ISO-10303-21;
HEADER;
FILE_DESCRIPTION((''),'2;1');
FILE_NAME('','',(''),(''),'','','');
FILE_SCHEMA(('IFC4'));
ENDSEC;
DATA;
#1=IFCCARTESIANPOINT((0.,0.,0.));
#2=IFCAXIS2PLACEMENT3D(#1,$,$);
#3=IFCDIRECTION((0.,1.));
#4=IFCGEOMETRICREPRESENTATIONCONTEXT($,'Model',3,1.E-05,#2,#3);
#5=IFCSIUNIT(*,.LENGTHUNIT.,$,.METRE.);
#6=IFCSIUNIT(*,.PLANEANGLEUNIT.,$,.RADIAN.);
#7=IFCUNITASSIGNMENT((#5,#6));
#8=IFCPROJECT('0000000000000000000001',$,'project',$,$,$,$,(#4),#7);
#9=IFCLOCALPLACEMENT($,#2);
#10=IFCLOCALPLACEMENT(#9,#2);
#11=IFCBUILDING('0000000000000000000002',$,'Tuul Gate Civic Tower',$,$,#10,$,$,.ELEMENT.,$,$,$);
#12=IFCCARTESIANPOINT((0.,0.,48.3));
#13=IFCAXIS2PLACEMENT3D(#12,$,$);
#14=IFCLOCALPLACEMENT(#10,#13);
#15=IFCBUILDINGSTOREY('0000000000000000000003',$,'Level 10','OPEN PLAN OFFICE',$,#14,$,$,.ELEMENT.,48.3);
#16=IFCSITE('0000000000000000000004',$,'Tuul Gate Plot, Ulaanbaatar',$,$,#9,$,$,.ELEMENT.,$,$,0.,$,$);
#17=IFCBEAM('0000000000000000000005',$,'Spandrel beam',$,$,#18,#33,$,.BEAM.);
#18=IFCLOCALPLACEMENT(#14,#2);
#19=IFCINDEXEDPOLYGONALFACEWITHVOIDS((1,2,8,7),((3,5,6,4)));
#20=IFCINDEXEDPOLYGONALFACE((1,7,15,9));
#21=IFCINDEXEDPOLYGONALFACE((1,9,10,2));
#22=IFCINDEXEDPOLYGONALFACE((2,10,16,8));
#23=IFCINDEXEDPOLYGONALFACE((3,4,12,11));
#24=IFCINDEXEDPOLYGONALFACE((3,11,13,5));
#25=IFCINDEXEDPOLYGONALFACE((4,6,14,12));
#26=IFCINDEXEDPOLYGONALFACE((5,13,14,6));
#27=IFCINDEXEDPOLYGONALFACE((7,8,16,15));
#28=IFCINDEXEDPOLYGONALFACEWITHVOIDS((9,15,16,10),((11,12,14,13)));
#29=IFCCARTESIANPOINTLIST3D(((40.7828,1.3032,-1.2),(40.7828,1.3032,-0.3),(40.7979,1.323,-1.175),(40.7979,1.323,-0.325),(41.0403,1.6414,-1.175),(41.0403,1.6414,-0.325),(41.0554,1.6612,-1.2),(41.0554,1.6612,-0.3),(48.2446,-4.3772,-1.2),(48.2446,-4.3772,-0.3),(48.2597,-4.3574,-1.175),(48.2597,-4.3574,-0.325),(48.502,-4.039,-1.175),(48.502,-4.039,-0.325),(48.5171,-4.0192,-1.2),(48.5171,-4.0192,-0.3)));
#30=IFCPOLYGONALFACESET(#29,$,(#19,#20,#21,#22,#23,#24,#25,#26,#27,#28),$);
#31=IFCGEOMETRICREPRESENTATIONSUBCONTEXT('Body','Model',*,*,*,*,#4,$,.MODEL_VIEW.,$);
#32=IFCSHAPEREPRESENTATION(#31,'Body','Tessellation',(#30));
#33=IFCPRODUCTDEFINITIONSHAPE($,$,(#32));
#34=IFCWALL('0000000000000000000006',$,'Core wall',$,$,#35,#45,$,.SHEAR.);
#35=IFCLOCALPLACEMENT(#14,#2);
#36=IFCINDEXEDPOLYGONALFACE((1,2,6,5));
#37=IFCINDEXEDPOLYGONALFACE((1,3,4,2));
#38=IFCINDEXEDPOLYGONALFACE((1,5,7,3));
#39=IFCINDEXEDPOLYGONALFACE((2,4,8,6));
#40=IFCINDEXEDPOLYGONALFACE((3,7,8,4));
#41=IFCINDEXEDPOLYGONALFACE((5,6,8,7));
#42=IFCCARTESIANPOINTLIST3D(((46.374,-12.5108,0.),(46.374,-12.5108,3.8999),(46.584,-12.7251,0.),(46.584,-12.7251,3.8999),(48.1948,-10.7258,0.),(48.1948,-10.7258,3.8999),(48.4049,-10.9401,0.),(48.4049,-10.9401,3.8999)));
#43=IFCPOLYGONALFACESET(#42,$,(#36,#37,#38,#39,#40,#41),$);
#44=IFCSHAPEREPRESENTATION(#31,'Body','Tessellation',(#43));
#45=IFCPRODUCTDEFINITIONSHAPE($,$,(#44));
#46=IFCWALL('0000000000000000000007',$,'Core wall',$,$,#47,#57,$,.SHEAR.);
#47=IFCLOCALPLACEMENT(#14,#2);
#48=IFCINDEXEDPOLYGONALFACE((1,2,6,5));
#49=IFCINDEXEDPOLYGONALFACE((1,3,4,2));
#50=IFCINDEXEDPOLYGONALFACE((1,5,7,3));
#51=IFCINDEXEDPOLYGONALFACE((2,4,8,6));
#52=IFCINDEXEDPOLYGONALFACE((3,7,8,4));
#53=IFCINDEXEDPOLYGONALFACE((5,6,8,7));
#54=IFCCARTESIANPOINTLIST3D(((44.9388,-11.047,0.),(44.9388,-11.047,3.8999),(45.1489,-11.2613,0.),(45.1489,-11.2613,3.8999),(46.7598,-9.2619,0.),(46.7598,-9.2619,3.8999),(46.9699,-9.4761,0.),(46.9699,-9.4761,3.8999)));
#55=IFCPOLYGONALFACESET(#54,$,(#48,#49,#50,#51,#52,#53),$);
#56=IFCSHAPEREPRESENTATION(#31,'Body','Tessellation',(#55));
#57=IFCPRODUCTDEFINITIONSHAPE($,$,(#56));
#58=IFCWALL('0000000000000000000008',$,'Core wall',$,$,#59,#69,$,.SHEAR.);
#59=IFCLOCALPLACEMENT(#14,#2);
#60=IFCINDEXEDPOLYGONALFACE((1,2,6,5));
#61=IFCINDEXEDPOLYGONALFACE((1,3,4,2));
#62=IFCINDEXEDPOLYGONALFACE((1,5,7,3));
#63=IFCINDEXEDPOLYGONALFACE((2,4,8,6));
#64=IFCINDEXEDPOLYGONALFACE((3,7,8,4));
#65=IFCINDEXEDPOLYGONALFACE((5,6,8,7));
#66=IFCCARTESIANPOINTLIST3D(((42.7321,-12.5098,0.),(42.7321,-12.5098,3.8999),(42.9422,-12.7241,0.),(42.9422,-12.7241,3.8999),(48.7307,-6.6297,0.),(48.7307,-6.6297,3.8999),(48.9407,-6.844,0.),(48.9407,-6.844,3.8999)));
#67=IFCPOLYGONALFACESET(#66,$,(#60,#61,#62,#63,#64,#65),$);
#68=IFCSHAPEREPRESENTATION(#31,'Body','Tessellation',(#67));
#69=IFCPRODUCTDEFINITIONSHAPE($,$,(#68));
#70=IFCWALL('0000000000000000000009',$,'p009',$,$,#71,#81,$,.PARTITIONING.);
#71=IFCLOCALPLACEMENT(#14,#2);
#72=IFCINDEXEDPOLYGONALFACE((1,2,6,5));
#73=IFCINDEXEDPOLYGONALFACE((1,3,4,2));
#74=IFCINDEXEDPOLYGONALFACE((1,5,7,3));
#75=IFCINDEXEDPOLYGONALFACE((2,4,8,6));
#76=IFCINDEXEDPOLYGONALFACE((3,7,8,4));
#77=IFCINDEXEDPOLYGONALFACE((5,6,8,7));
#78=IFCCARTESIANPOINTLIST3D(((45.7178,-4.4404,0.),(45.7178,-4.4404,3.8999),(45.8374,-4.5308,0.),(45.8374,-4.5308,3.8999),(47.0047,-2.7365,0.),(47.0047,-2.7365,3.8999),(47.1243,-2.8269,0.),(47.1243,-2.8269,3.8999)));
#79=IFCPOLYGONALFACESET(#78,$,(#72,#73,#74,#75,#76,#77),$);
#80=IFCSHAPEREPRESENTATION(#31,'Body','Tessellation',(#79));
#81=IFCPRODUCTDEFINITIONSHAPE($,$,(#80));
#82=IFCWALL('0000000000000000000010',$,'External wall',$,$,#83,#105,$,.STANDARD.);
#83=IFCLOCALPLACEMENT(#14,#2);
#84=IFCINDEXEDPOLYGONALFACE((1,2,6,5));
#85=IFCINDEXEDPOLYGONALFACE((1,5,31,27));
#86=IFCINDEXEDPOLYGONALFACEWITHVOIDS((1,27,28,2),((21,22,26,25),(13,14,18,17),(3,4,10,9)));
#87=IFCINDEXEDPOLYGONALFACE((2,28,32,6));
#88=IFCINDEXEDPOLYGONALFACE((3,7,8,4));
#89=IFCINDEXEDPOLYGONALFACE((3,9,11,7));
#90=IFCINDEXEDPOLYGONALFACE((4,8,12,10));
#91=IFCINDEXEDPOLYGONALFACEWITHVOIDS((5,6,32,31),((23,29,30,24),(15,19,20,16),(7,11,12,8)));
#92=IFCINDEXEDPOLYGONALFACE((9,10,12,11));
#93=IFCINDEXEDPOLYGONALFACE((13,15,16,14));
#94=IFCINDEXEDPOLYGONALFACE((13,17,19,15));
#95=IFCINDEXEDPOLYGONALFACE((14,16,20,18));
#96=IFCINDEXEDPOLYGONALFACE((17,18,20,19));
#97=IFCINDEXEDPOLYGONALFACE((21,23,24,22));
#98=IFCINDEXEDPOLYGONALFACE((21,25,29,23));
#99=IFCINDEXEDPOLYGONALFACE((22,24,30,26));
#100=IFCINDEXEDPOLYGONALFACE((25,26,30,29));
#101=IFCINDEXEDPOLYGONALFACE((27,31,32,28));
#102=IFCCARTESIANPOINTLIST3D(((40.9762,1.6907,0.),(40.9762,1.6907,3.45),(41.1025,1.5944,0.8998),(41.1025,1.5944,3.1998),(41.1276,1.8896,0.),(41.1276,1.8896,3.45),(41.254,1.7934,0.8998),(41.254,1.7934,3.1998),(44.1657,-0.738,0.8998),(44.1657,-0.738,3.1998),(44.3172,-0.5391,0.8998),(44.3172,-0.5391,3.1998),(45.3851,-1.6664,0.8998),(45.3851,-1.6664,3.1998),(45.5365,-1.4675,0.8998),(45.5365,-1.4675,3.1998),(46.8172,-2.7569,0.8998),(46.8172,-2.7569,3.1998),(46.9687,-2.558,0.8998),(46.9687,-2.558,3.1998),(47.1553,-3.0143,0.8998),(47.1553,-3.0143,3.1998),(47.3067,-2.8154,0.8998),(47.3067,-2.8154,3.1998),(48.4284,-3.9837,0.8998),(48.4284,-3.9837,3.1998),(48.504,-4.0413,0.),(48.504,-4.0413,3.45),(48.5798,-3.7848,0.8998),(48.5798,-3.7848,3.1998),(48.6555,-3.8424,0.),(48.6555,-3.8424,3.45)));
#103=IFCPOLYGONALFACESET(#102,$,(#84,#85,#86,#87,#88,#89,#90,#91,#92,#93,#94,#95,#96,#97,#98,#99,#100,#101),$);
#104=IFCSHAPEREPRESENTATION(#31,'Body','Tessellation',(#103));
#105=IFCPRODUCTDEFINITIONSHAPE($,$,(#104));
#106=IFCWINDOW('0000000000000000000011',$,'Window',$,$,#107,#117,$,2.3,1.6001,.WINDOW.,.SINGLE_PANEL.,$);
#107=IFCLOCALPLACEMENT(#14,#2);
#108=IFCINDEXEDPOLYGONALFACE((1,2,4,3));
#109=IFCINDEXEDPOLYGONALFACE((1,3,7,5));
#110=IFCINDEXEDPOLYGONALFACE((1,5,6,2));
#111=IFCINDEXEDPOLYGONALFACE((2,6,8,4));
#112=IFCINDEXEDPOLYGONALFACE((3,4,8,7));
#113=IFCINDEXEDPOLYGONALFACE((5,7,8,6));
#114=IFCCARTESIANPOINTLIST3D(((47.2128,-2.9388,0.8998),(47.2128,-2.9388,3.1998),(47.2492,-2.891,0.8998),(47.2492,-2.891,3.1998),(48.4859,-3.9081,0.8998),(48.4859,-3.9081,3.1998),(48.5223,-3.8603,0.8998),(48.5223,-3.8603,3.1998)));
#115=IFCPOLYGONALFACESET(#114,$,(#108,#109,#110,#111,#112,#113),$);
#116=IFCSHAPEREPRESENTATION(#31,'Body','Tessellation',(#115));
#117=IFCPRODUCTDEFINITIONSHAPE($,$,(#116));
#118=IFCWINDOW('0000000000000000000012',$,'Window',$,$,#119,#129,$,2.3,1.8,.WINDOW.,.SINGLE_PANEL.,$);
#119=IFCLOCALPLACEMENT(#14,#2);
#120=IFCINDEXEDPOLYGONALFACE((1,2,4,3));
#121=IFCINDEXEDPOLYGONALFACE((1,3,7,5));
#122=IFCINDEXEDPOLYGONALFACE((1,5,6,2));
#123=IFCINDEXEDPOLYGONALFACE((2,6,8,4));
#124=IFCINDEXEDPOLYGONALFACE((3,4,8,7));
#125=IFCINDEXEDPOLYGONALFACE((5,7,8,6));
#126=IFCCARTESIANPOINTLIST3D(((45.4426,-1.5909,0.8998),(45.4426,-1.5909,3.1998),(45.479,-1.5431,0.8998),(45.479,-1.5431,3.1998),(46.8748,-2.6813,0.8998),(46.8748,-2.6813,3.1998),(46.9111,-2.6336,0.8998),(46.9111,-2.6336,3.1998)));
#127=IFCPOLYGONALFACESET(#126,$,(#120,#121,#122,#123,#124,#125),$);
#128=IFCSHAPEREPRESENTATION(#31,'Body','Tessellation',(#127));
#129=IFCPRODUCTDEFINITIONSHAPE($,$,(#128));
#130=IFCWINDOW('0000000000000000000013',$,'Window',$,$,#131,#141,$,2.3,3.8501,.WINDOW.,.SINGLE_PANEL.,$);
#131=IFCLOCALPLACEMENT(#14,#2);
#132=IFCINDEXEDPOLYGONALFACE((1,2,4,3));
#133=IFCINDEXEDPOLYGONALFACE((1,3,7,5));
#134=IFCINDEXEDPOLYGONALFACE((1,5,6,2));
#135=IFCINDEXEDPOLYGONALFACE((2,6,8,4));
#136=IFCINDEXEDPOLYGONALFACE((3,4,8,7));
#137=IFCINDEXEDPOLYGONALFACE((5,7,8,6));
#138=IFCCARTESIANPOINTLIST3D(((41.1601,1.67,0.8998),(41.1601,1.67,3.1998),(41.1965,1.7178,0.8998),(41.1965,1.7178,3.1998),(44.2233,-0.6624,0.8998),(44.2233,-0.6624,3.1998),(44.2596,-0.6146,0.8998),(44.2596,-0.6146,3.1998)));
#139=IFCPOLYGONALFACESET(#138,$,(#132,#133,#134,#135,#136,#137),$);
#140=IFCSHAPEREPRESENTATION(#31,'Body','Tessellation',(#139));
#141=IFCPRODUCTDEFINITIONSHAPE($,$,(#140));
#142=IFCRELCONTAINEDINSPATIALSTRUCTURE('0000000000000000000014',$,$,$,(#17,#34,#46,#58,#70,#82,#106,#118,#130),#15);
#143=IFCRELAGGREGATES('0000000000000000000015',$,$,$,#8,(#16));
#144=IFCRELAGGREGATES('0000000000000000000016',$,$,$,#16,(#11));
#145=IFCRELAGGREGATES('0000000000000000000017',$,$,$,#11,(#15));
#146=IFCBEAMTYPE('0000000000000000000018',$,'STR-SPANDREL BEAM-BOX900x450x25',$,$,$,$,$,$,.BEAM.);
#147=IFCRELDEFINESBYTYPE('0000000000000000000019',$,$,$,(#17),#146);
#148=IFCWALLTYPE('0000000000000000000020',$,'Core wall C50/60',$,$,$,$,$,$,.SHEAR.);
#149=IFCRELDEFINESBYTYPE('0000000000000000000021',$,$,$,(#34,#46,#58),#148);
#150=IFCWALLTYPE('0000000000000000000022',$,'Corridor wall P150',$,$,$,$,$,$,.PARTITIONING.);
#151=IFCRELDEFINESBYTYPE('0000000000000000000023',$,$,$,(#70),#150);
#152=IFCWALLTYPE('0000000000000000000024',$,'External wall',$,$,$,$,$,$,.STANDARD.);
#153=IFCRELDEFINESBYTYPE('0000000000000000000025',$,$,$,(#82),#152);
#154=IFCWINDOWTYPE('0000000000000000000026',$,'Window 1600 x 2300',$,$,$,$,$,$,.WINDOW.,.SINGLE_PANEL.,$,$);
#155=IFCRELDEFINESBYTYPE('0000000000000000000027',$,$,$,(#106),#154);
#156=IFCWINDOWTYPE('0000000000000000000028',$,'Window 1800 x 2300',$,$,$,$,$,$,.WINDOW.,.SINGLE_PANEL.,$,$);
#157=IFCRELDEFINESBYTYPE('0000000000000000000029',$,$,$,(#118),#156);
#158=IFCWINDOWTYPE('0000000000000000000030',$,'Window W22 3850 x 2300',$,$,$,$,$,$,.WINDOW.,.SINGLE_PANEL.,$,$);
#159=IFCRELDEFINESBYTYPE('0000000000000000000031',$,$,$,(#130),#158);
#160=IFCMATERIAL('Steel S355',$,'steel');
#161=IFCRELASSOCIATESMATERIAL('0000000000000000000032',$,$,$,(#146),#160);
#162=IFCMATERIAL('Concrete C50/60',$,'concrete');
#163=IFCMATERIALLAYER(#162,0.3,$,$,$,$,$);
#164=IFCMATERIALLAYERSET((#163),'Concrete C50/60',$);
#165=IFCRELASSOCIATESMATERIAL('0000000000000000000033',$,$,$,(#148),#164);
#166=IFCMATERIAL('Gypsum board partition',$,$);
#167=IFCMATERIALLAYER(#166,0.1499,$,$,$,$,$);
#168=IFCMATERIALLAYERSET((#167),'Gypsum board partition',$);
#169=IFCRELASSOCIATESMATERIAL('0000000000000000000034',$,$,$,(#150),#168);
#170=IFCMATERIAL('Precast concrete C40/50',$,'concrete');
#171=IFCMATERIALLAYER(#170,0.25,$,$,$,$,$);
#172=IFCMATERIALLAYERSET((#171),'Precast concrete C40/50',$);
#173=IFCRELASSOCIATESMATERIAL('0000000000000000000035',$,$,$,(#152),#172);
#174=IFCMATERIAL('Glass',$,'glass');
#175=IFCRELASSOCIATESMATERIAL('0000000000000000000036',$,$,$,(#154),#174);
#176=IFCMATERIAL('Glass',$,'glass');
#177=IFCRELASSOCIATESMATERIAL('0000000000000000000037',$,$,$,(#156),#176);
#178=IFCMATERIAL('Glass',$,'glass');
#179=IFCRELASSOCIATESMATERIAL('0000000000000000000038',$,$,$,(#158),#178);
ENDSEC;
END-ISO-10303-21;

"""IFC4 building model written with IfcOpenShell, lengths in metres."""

from ifc_helpers import new_model, si_unit, direction, frame, frame_2d, origin, origin_2d, place, context, subcontext, project, spatial, rectangle, hollow_rectangle, extrude, material, layer, layer_set, material_profile, profile_set, type_object, element, fill, save


model = new_model("IFC4")

# Units and contexts
model_context = context("Model", 3, precision=1e-05, world=origin(), true_north=direction((0.0, 1.0)))
body_context = subcontext(model_context, "Body", "Model", "MODEL_VIEW")
ifc_project = project(units=[si_unit("LENGTHUNIT", "METRE"), si_unit("PLANEANGLEUNIT", "RADIAN")], contexts=[model_context])

# Site, building, storey
site_placement = place(None, origin())
site = spatial("IfcSite", under=ifc_project, at=site_placement, Name="Tuul Gate Plot, Ulaanbaatar", CompositionType="ELEMENT", RefElevation=0.0)
building_placement = place(site_placement, origin())
building = spatial("IfcBuilding", under=site, at=building_placement, Name="Tuul Gate Civic Tower", CompositionType="ELEMENT")
storey_placement = place(building_placement, frame((0.0, 0.0, 48.3)))
storey = spatial("IfcBuildingStorey", under=building, at=storey_placement, Name="Level 10", Description="OPEN PLAN OFFICE", CompositionType="ELEMENT", Elevation=48.3)

# Beam
ifc_material_1 = material(Name="Steel S355", Category="steel")
ifc_material_profile = material_profile(ifc_material_1, hollow_rectangle(XDim=0.45, YDim=0.8999, WallThickness=0.0249, at=origin_2d()), Name="BOX900x450x25")
ifc_profile_set = profile_set([ifc_material_profile], Name="Steel S355")
beam_type = type_object("IfcBeamType", Name="STR-SPANDREL BEAM-BOX900x450x25", PredefinedType="BEAM", material=ifc_profile_set)
beam_placement = place(storey_placement, frame((48.3809, -4.1982, -0.75), z_axis=(-0.795671, 0.605729, 0.0), x_axis=(-0.605729, -0.795671, 0.0)))
element("IfcBeam", 1, at=beam_placement, inside=storey, type_object=beam_type, Name="Spandrel beam", PredefinedType="BEAM", context=body_context, shape_type="SweptSolid", body=[
    extrude(hollow_rectangle(XDim=0.45, YDim=0.8999, WallThickness=0.0249, at=origin_2d()), origin(), (0.0, 0.0, 1.0), 9.3779),
])

# Walls
ifc_material_2 = material(Name="Concrete C50/60", Category="concrete")
ifc_layer_1 = layer(ifc_material_2, 0.3)
ifc_layer_set_1 = layer_set([ifc_layer_1], Name="Concrete C50/60")
wall_type_1 = type_object("IfcWallType", Name="Core wall C50/60", PredefinedType="SHEAR", material=ifc_layer_set_1)
wall_1_placement = place(storey_placement, frame((46.479, -12.6179, 0.0), z_axis=(0.0, 0.0, 1.0), x_axis=(0.714109, 0.700034, 0.0)))
element("IfcWall", 2, at=wall_1_placement, inside=storey, type_object=wall_type_1, Name="Core wall", PredefinedType="SHEAR", context=body_context, shape_type="SweptSolid", body=[
    extrude(rectangle(XDim=2.5498, YDim=0.3, at=frame_2d((1.2749, 0.0))), origin(), (0.0, 0.0, 1.0), 3.8999),
])
wall_2_placement = place(storey_placement, frame((45.0439, -11.1541, 0.0), z_axis=(0.0, 0.0, 1.0), x_axis=(0.714108, 0.700035, 0.0)))
element("IfcWall", 3, at=wall_2_placement, inside=storey, type_object=wall_type_1, Name="Core wall", PredefinedType="SHEAR", context=body_context, shape_type="SweptSolid", body=[
    extrude(rectangle(XDim=2.55, YDim=0.3, at=frame_2d((1.2749, 0.0))), origin(), (0.0, 0.0, 1.0), 3.8999),
])
wall_3_placement = place(storey_placement, frame((42.8372, -12.6169, 0.0), z_axis=(0.0, 0.0, 1.0), x_axis=(0.71412, 0.700023, 0.0)))
element("IfcWall", 4, at=wall_3_placement, inside=storey, type_object=wall_type_1, Name="Core wall", PredefinedType="SHEAR", context=body_context, shape_type="SweptSolid", body=[
    extrude(rectangle(XDim=8.3999, YDim=0.3, at=frame_2d((4.2, 0.0))), origin(), (0.0, 0.0, 1.0), 3.8999),
])
ifc_material_3 = material(Name="Gypsum board partition")
ifc_layer_2 = layer(ifc_material_3, 0.1499)
ifc_layer_set_2 = layer_set([ifc_layer_2], Name="Gypsum board partition")
wall_type_2 = type_object("IfcWallType", Name="Corridor wall P150", PredefinedType="PARTITIONING", material=ifc_layer_set_2)
wall_4_placement = place(storey_placement, frame((45.7776, -4.4856, 0.0), z_axis=(0.0, 0.0, 1.0), x_axis=(0.602686, 0.797979, 0.0)))
element("IfcWall", 5, at=wall_4_placement, inside=storey, type_object=wall_type_2, Name="p009", PredefinedType="PARTITIONING", context=body_context, shape_type="SweptSolid", body=[
    extrude(rectangle(XDim=2.1353, YDim=0.1499, at=frame_2d((1.0676, 0.0))), origin(), (0.0, 0.0, 1.0), 3.8999),
])

# Wall, openings, windows
ifc_material_4 = material(Name="Precast concrete C40/50", Category="concrete")
ifc_layer_3 = layer(ifc_material_4, 0.25)
ifc_layer_set_3 = layer_set([ifc_layer_3], Name="Precast concrete C40/50")
wall_type_3 = type_object("IfcWallType", Name="External wall", PredefinedType="STANDARD", material=ifc_layer_set_3)
wall_5_placement = place(storey_placement, frame((48.5798, -3.9419, 0.0), z_axis=(0.0, 0.0, 1.0), x_axis=(-0.795613, 0.605805, 0.0)))
wall_5 = element("IfcWall", 6, at=wall_5_placement, inside=storey, type_object=wall_type_3, Name="External wall", PredefinedType="STANDARD", context=body_context, shape_type="SweptSolid", body=[
    extrude(rectangle(XDim=9.4617, YDim=0.25, at=frame_2d((4.731, 0.0))), origin(), (0.0, 0.0, 1.0), 3.45),
])
opening_1_placement = place(wall_5_placement, frame((5.4529, 0.0, 0.8999)))
opening_1 = element("IfcOpeningElement", 7, at=opening_1_placement, cuts=wall_5, PredefinedType="OPENING", context=body_context, shape_type="SweptSolid", body=[
    extrude(rectangle(XDim=3.8501, YDim=2.3, at=frame_2d((1.925, 1.1499))), frame((0.0, 0.135, 0.0), z_axis=(0.0, -1.0, 0.0), x_axis=(1.0, 0.0, 0.0)), (0.0, 0.0, 1.0), 0.27),
])
opening_2_placement = place(wall_5_placement, frame((0.0952, 0.0, 0.8999)))
opening_2 = element("IfcOpeningElement", 8, at=opening_2_placement, cuts=wall_5, PredefinedType="OPENING", context=body_context, shape_type="SweptSolid", body=[
    extrude(rectangle(XDim=1.6001, YDim=2.3, at=frame_2d((0.8, 1.1499))), frame((0.0, 0.135, 0.0), z_axis=(0.0, -1.0, 0.0), x_axis=(1.0, 0.0, 0.0)), (0.0, 0.0, 1.0), 0.27),
])
opening_3_placement = place(wall_5_placement, frame((2.1204, 0.0, 0.8999)))
opening_3 = element("IfcOpeningElement", 9, at=opening_3_placement, cuts=wall_5, PredefinedType="OPENING", context=body_context, shape_type="SweptSolid", body=[
    extrude(rectangle(XDim=1.8, YDim=2.3, at=frame_2d((0.8999, 1.1499))), frame((0.0, 0.135, 0.0), z_axis=(0.0, -1.0, 0.0), x_axis=(1.0, 0.0, 0.0)), (0.0, 0.0, 1.0), 0.27),
])
ifc_material_5 = material(Name="Glass", Category="glass")
window_type_1 = type_object("IfcWindowType", Name="Window 1600 x 2300", PartitioningType="SINGLE_PANEL", PredefinedType="WINDOW", material=ifc_material_5)
window_1_placement = place(opening_2_placement, origin())
window_1 = element("IfcWindow", 10, at=window_1_placement, inside=storey, type_object=window_type_1, Name="Window", OverallHeight=2.3, OverallWidth=1.6001, PartitioningType="SINGLE_PANEL", PredefinedType="WINDOW", context=body_context, shape_type="SweptSolid", body=[
    extrude(rectangle(XDim=1.6001, YDim=2.3, at=frame_2d((0.8, 1.1499))), frame((0.0, 0.03, 0.0), z_axis=(0.0, -1.0, 0.0), x_axis=(1.0, 0.0, 0.0)), (0.0, 0.0, 1.0), 0.0601),
])
fill(opening_2, window_1)
ifc_material_6 = material(Name="Glass", Category="glass")
window_type_2 = type_object("IfcWindowType", Name="Window 1800 x 2300", PartitioningType="SINGLE_PANEL", PredefinedType="WINDOW", material=ifc_material_6)
window_2_placement = place(opening_3_placement, origin())
window_2 = element("IfcWindow", 11, at=window_2_placement, inside=storey, type_object=window_type_2, Name="Window", OverallHeight=2.3, OverallWidth=1.8, PartitioningType="SINGLE_PANEL", PredefinedType="WINDOW", context=body_context, shape_type="SweptSolid", body=[
    extrude(rectangle(XDim=1.8, YDim=2.3, at=frame_2d((0.8999, 1.1499))), frame((0.0, 0.03, 0.0), z_axis=(0.0, -1.0, 0.0), x_axis=(1.0, 0.0, 0.0)), (0.0, 0.0, 1.0), 0.0601),
])
fill(opening_3, window_2)
ifc_material_7 = material(Name="Glass", Category="glass")
window_type_3 = type_object("IfcWindowType", Name="Window W22 3850 x 2300", PartitioningType="SINGLE_PANEL", PredefinedType="WINDOW", material=ifc_material_7)
window_3_placement = place(opening_1_placement, origin())
window_3 = element("IfcWindow", 12, at=window_3_placement, inside=storey, type_object=window_type_3, Name="Window", OverallHeight=2.3, OverallWidth=3.8501, PartitioningType="SINGLE_PANEL", PredefinedType="WINDOW", context=body_context, shape_type="SweptSolid", body=[
    extrude(rectangle(XDim=3.8501, YDim=2.3, at=frame_2d((1.925, 1.1499))), frame((0.0, 0.03, 0.0), z_axis=(0.0, -1.0, 0.0), x_axis=(1.0, 0.0, 0.0)), (0.0, 0.0, 1.0), 0.0601),
])
fill(opening_1, window_3)

save(model, "model.ifc")
